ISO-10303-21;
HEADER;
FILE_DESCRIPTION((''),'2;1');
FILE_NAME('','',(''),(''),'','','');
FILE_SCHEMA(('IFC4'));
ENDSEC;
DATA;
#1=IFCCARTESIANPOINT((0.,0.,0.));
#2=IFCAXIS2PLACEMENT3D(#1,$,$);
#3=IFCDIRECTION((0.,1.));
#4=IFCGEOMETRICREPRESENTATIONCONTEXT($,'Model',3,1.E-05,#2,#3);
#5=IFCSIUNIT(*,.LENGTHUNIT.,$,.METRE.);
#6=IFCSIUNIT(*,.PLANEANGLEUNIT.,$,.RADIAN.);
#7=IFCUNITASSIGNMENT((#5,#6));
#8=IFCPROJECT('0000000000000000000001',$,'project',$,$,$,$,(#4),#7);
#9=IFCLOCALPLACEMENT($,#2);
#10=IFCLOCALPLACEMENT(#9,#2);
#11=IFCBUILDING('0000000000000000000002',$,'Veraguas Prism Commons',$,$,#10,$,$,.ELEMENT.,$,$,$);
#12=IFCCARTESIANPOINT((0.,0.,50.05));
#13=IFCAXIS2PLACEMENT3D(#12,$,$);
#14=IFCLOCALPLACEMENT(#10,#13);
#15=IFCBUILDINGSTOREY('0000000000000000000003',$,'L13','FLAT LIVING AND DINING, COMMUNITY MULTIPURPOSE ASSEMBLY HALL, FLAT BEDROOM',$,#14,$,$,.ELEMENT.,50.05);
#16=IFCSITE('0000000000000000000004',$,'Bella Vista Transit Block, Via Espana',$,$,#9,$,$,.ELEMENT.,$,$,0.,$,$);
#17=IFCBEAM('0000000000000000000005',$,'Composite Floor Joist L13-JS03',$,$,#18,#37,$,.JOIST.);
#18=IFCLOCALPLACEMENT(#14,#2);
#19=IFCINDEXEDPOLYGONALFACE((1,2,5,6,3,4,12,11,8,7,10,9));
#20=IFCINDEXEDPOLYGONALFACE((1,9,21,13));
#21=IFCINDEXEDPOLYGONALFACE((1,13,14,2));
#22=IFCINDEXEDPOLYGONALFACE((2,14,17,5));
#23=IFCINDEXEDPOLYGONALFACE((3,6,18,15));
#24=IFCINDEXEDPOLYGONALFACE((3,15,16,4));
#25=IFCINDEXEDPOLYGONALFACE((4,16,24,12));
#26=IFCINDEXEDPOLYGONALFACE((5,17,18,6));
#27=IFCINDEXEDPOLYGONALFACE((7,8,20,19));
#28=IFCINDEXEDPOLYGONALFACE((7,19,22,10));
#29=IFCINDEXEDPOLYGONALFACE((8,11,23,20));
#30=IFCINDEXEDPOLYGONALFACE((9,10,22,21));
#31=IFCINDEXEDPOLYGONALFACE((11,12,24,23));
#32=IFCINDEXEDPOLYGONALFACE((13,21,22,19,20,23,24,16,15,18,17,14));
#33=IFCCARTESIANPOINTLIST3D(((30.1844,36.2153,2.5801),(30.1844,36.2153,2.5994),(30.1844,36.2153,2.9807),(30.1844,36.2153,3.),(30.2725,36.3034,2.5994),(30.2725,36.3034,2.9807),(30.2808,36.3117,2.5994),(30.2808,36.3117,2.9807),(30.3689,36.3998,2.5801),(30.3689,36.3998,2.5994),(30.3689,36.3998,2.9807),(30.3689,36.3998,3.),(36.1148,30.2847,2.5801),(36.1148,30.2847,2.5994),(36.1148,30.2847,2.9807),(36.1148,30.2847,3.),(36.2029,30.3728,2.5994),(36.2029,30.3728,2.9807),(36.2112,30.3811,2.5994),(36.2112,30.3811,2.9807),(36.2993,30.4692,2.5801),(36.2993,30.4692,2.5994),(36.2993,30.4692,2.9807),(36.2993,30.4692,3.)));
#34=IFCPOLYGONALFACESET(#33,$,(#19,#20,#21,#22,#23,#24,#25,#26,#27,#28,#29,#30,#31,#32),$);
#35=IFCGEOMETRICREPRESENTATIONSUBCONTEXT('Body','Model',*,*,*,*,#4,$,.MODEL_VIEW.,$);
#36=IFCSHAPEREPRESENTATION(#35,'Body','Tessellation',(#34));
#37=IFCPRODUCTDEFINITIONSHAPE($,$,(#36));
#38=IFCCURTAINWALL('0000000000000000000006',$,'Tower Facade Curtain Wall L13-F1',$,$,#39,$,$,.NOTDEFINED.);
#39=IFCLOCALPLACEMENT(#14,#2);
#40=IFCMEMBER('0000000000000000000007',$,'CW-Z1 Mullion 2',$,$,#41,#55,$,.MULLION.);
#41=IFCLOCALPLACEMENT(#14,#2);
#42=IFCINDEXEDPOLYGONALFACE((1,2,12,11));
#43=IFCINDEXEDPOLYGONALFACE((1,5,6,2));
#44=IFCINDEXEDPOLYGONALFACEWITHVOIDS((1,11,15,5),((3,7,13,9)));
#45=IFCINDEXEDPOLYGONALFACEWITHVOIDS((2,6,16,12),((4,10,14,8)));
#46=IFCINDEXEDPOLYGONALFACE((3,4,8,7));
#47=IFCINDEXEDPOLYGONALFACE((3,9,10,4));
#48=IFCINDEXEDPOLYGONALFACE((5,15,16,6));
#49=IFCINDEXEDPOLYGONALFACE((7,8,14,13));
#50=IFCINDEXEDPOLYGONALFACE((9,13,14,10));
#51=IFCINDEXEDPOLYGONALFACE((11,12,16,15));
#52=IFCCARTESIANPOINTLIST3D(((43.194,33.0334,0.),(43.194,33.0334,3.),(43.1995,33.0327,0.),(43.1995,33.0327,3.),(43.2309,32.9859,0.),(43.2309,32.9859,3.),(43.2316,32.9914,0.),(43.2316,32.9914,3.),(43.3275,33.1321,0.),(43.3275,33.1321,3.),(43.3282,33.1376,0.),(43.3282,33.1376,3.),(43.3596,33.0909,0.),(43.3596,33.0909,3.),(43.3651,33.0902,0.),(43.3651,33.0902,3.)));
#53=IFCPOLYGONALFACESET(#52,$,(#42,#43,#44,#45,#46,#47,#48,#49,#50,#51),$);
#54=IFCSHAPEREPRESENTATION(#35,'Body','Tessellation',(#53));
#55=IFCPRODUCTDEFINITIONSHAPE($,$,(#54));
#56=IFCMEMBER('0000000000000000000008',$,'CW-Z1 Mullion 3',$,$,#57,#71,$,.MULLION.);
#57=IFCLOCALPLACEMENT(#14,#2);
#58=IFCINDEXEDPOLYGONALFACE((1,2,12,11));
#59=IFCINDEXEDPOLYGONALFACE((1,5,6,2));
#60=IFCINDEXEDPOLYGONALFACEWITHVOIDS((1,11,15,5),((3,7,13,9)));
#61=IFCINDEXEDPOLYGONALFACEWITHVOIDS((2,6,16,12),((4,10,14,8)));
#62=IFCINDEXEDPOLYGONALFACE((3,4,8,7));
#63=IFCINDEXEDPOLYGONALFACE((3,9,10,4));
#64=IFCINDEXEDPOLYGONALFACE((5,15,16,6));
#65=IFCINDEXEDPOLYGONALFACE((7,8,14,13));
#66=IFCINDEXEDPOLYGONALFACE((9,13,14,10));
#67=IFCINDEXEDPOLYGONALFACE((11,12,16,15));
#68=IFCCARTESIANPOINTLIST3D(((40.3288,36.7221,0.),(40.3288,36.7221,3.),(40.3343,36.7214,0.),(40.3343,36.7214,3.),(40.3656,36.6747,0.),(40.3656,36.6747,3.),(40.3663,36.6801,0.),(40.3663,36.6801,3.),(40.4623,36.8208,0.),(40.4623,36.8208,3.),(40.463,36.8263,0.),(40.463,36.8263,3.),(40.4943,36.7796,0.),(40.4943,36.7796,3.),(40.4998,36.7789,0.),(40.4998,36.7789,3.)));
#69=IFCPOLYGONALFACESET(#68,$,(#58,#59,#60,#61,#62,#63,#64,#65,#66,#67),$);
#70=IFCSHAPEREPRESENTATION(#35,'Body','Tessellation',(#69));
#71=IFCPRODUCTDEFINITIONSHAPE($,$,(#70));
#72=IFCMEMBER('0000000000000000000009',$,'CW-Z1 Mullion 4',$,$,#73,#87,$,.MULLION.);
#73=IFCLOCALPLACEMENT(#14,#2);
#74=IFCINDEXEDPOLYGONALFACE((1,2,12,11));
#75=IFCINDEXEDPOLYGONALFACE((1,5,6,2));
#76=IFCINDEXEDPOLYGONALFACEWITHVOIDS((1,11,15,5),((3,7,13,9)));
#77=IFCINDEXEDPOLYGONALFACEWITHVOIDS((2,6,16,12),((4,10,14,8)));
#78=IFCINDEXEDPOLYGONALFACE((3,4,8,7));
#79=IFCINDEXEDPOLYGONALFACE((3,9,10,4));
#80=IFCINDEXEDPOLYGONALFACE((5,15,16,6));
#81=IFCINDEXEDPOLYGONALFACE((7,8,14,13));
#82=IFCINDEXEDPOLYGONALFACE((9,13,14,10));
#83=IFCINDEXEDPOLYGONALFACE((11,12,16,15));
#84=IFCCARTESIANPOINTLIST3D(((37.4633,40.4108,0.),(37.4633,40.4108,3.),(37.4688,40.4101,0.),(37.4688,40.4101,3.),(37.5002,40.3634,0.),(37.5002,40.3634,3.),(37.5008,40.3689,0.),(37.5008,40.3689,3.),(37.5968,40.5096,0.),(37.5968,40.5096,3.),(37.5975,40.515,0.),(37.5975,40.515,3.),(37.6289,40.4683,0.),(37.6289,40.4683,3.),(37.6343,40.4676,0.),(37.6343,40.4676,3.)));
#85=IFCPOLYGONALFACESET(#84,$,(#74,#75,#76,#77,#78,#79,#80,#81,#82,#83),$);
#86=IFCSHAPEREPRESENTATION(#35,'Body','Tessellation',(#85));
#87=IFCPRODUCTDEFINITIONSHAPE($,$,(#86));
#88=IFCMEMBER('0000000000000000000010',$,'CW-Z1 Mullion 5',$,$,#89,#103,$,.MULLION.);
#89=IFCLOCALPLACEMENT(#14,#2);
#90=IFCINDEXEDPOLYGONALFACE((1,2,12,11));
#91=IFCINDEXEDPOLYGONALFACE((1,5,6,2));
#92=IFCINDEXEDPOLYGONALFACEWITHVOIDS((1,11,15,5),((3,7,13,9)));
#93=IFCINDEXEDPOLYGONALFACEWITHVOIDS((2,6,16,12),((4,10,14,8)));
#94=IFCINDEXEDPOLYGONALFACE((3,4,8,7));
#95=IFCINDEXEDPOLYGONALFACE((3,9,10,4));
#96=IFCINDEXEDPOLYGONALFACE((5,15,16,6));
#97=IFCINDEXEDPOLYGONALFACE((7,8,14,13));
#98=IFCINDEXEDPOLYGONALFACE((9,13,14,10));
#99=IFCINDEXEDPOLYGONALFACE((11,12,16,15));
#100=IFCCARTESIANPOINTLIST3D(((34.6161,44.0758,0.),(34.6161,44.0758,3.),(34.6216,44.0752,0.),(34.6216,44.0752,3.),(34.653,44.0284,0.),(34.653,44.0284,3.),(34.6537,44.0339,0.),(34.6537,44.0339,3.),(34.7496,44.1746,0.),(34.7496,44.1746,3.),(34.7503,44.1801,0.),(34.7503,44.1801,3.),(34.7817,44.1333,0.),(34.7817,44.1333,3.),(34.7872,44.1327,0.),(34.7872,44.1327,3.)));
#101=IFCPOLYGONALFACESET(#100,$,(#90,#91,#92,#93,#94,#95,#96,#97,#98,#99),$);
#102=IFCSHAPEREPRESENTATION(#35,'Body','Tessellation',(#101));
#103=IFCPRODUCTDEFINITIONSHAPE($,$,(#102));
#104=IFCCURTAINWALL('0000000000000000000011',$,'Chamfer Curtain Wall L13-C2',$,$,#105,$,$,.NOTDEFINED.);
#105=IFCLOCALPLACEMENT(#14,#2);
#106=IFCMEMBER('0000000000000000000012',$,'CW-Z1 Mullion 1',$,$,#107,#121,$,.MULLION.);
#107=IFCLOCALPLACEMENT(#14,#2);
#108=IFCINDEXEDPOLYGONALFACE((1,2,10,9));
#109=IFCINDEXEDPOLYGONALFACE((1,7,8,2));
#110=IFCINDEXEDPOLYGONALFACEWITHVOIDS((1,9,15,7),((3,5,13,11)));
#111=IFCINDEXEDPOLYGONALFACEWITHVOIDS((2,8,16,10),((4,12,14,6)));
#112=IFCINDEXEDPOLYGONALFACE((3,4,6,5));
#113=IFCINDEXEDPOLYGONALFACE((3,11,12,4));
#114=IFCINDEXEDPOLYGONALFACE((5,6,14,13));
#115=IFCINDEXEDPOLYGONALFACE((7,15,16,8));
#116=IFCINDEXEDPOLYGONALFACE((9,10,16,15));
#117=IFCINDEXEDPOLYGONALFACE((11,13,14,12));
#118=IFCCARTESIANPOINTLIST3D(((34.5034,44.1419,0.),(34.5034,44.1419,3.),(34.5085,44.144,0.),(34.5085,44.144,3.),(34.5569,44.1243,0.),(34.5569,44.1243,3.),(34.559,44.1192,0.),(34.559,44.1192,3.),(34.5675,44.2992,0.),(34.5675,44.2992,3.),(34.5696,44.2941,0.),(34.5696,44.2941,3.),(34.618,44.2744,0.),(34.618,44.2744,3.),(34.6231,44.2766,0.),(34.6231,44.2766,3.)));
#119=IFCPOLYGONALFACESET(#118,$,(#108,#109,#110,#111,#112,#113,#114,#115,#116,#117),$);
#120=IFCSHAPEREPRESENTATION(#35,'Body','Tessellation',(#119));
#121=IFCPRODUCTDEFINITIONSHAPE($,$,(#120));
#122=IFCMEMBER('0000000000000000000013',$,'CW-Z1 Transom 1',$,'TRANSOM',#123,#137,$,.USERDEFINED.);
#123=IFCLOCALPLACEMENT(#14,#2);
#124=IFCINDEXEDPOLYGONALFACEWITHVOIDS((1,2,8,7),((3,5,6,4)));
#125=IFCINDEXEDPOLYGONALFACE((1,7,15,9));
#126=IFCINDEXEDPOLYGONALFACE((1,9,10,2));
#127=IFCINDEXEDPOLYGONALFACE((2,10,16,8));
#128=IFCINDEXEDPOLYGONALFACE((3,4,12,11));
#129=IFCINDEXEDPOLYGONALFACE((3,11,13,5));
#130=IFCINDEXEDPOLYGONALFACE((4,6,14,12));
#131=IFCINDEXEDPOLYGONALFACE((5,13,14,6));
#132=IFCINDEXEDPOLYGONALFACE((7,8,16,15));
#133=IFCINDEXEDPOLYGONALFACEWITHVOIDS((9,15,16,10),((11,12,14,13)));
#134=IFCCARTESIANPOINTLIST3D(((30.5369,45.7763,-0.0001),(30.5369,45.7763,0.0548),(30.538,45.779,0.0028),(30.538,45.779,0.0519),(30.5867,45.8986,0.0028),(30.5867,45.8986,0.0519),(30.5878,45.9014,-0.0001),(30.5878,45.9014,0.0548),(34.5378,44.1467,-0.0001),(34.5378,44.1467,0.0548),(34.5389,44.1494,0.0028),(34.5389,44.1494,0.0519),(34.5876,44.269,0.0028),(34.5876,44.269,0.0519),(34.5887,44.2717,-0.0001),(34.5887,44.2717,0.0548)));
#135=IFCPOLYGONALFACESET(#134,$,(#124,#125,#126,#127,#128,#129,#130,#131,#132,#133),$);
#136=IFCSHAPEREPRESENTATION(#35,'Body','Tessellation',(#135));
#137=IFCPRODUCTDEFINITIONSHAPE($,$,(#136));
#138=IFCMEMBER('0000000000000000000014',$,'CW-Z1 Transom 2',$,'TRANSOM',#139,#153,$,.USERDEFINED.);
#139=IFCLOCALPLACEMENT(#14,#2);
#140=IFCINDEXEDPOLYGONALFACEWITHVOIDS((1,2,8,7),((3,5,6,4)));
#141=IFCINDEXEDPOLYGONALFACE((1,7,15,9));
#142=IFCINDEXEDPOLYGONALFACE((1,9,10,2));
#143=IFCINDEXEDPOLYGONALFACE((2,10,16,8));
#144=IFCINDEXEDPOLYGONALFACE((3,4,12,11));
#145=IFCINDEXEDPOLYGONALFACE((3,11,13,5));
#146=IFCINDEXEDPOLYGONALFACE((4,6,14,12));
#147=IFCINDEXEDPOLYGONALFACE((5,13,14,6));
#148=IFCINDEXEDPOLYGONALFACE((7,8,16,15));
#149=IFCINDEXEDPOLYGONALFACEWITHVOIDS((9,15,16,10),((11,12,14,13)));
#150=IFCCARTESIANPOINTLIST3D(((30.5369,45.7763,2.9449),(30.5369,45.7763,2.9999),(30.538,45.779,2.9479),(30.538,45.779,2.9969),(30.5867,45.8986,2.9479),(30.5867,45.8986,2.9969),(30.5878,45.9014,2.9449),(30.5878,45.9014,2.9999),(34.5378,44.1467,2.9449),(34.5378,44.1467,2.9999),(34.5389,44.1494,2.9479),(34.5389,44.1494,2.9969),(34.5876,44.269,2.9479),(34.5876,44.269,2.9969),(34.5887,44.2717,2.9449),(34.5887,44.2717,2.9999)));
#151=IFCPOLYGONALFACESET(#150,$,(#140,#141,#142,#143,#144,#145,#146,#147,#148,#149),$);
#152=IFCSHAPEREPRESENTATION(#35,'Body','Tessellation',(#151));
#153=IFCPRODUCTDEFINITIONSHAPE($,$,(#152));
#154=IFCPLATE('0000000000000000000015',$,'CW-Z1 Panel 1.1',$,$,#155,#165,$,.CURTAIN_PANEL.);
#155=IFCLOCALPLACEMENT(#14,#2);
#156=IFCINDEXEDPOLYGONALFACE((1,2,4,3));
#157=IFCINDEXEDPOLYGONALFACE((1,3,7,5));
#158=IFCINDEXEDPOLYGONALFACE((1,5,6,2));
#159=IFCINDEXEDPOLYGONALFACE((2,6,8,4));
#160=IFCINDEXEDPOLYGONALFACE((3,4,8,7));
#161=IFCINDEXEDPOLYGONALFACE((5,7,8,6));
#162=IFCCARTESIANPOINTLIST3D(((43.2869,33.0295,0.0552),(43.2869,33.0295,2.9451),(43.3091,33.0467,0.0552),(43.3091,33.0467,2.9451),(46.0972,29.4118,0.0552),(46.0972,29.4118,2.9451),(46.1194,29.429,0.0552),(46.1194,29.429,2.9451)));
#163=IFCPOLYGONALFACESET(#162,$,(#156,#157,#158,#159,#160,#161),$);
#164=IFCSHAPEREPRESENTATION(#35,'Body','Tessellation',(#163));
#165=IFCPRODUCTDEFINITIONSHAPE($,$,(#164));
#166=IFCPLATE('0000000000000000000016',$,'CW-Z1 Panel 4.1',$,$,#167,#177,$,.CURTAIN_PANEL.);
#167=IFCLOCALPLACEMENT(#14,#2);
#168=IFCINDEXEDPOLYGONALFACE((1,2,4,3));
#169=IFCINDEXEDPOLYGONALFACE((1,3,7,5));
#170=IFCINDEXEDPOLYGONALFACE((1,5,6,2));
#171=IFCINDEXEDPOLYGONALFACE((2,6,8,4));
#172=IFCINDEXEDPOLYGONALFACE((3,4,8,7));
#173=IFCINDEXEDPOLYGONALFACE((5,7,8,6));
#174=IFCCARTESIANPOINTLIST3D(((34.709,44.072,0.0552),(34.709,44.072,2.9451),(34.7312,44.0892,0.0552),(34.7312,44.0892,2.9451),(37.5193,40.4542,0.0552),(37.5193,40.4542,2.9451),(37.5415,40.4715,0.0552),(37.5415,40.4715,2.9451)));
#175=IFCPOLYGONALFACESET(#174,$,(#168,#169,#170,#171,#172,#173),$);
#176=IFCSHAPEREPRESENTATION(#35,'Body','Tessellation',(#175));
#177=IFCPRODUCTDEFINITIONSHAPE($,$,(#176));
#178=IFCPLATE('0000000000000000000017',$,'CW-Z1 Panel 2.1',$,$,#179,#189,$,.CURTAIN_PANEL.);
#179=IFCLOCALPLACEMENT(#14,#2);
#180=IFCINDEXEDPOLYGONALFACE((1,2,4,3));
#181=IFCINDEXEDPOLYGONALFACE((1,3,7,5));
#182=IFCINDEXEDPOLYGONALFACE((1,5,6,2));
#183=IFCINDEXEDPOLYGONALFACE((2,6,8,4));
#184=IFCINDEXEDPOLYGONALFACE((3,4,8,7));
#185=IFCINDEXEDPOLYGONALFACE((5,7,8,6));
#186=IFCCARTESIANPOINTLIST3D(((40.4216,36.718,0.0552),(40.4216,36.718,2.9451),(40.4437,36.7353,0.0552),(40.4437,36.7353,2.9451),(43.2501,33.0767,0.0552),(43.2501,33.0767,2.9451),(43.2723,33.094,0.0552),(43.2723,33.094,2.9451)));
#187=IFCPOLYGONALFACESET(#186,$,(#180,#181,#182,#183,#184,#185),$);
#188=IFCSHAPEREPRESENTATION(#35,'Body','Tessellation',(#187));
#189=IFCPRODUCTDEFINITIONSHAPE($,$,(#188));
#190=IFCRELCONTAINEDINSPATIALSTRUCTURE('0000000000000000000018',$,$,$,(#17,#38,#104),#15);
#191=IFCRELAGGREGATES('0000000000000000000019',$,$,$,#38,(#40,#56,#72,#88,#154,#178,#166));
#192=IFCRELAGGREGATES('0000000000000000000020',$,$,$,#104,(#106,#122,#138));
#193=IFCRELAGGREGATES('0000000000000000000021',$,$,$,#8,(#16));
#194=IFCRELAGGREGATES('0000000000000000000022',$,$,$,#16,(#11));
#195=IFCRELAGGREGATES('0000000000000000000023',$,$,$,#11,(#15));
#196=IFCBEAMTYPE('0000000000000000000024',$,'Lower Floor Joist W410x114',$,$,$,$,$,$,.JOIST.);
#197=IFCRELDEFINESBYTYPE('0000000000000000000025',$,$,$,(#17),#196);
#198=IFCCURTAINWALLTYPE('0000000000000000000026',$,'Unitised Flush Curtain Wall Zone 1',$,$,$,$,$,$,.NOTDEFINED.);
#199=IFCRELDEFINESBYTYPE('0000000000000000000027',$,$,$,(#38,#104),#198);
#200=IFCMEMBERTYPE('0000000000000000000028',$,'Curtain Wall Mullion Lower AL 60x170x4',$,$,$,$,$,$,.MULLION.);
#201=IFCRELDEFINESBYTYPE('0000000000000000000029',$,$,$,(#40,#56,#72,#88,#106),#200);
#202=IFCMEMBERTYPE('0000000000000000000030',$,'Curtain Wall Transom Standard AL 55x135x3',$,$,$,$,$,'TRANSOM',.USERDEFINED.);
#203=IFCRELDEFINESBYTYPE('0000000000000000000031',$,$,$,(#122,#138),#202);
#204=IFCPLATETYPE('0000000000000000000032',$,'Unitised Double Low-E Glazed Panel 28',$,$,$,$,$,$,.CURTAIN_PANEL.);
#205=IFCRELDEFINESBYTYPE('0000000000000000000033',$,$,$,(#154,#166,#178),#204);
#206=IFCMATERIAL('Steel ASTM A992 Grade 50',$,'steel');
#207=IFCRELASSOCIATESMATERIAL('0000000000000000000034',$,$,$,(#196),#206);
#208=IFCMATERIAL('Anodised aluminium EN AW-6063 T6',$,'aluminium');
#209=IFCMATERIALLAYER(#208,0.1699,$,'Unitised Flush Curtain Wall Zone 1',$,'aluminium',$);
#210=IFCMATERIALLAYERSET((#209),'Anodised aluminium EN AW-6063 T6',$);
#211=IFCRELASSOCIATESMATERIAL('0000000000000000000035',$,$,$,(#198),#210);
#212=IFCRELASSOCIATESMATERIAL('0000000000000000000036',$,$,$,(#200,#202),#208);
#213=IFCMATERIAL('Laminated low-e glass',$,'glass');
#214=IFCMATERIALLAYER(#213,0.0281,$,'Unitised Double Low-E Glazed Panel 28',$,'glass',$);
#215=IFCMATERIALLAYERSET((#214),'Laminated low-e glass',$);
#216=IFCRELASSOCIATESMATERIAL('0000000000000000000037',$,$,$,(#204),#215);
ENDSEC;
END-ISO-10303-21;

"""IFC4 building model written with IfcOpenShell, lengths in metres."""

from ifc_helpers import new_model, si_unit, direction, frame, origin, origin_2d, place, context, subcontext, project, spatial, rectangle, hollow_rectangle, i_section, extrude, source, transform, mapped, material, layer, layer_set, material_profile, profile_set, type_object, element, aggregate, save


model = new_model("IFC4")

# Units and contexts
model_context = context("Model", 3, precision=1e-05, world=origin(), true_north=direction((0.0, 1.0)))
body_context = subcontext(model_context, "Body", "Model", "MODEL_VIEW")
ifc_project = project(units=[si_unit("LENGTHUNIT", "METRE"), si_unit("PLANEANGLEUNIT", "RADIAN")], contexts=[model_context])

# Site, building, storey
site_placement = place(None, origin())
site = spatial("IfcSite", under=ifc_project, at=site_placement, Name="Bella Vista Transit Block, Via Espana", CompositionType="ELEMENT", RefElevation=0.0)
building_placement = place(site_placement, origin())
building = spatial("IfcBuilding", under=site, at=building_placement, Name="Veraguas Prism Commons", CompositionType="ELEMENT")
storey_placement = place(building_placement, frame((0.0, 0.0, 50.05)))
storey = spatial("IfcBuildingStorey", under=building, at=storey_placement, Name="L13", Description="FLAT LIVING AND DINING, COMMUNITY MULTIPURPOSE ASSEMBLY HALL, FLAT BEDROOM", CompositionType="ELEMENT", Elevation=50.05)

# Beam
ifc_material_1 = material(Name="Steel ASTM A992 Grade 50", Category="steel")
ifc_material_profile_1 = material_profile(ifc_material_1, i_section(OverallWidth=0.261, OverallDepth=0.4199, WebThickness=0.0117, FlangeThickness=0.0193, at=origin_2d()), Name="W410X114")
ifc_profile_set_1 = profile_set([ifc_material_profile_1], Name="Steel ASTM A992 Grade 50")
beam_type = type_object("IfcBeamType", Name="Lower Floor Joist W410x114", PredefinedType="JOIST", material=ifc_profile_set_1)
beam_placement = place(storey_placement, frame((36.207, 30.377, 2.79), z_axis=(-0.707092, 0.707121, 0.0), x_axis=(-0.707121, -0.707092, 0.0)))
element("IfcBeam", 1, at=beam_placement, inside=storey, type_object=beam_type, Name="Composite Floor Joist L13-JS03", PredefinedType="JOIST", context=body_context, shape_type="SweptSolid", body=[
    extrude(i_section(OverallWidth=0.261, OverallDepth=0.4199, WebThickness=0.0117, FlangeThickness=0.0193, at=origin_2d()), origin(), (0.0, 0.0, 1.0), 8.387),
])

# Curtain walls, members
ifc_material_2 = material(Name="Anodised aluminium EN AW-6063 T6", Category="aluminium")
ifc_layer_1 = layer(ifc_material_2, 0.1699, Name="Unitised Flush Curtain Wall Zone 1", Category="aluminium")
ifc_layer_set_1 = layer_set([ifc_layer_1], Name="Anodised aluminium EN AW-6063 T6")
curtain_wall_type = type_object("IfcCurtainWallType", Name="Unitised Flush Curtain Wall Zone 1", PredefinedType="NOTDEFINED", material=ifc_layer_set_1)
curtain_wall_1_placement = place(storey_placement, origin())
curtain_wall_1 = element("IfcCurtainWall", 2, at=curtain_wall_1_placement, inside=storey, type_object=curtain_wall_type, Name="Tower Facade Curtain Wall L13-F1", PredefinedType="NOTDEFINED")
ifc_material_profile_2 = material_profile(ifc_material_2, hollow_rectangle(XDim=0.0601, YDim=0.1699, WallThickness=0.0039, at=origin_2d()), Name="AL60X170X4")
ifc_profile_set_2 = profile_set([ifc_material_profile_2], Name="Anodised aluminium EN AW-6063 T6")
member_type_1 = type_object("IfcMemberType", Name="Curtain Wall Mullion Lower AL 60x170x4", PredefinedType="MULLION", material=ifc_profile_set_2)
shared_shape_1 = source(origin(), body_context, "Body", "SweptSolid", [
    extrude(hollow_rectangle(XDim=0.0601, YDim=0.1699, WallThickness=0.0039, at=origin_2d()), origin(), (0.0, 0.0, 1.0), 3.0),
])
member_1_placement = place(storey_placement, frame((43.2795, 33.0618, 0.0), z_axis=(0.0, 0.0, 1.0), x_axis=(-0.613461, 0.789725, 0.0)))
member_1 = element("IfcMember", 3, at=member_1_placement, type_object=member_type_1, Name="CW-Z1 Mullion 2", PredefinedType="MULLION", context=body_context, shape_type="MappedRepresentation", body=[
    mapped(shared_shape_1, transform((0.0, 0.0, 0.0), scale=1.0)),
])
member_2_placement = place(storey_placement, frame((40.4143, 36.7505, 0.0), z_axis=(0.0, 0.0, 1.0), x_axis=(-0.613461, 0.789725, 0.0)))
member_2 = element("IfcMember", 4, at=member_2_placement, type_object=member_type_1, Name="CW-Z1 Mullion 3", PredefinedType="MULLION", context=body_context, shape_type="MappedRepresentation", body=[
    mapped(shared_shape_1, transform((0.0, 0.0, 0.0), scale=1.0)),
])
member_3_placement = place(storey_placement, frame((37.5488, 40.4392, 0.0), z_axis=(0.0, 0.0, 1.0), x_axis=(-0.613461, 0.789725, 0.0)))
member_3 = element("IfcMember", 5, at=member_3_placement, type_object=member_type_1, Name="CW-Z1 Mullion 4", PredefinedType="MULLION", context=body_context, shape_type="MappedRepresentation", body=[
    mapped(shared_shape_1, transform((0.0, 0.0, 0.0), scale=1.0)),
])
member_4_placement = place(storey_placement, frame((34.7017, 44.1042, 0.0), z_axis=(0.0, 0.0, 1.0), x_axis=(-0.613461, 0.789725, 0.0)))
member_4 = element("IfcMember", 6, at=member_4_placement, type_object=member_type_1, Name="CW-Z1 Mullion 5", PredefinedType="MULLION", context=body_context, shape_type="MappedRepresentation", body=[
    mapped(shared_shape_1, transform((0.0, 0.0, 0.0), scale=1.0)),
])
curtain_wall_2_placement = place(storey_placement, origin())
curtain_wall_2 = element("IfcCurtainWall", 7, at=curtain_wall_2_placement, inside=storey, type_object=curtain_wall_type, Name="Chamfer Curtain Wall L13-C2", PredefinedType="NOTDEFINED")
member_5_placement = place(storey_placement, frame((34.5632, 44.2092, 0.0), z_axis=(0.0, 0.0, 1.0), x_axis=(-0.926125, 0.377217, 0.0)))
member_5 = element("IfcMember", 8, at=member_5_placement, type_object=member_type_1, Name="CW-Z1 Mullion 1", PredefinedType="MULLION", context=body_context, shape_type="MappedRepresentation", body=[
    mapped(shared_shape_1, transform((0.0, 0.0, 0.0), scale=1.0)),
])
ifc_material_profile_3 = material_profile(ifc_material_2, hollow_rectangle(XDim=0.0549, YDim=0.135, WallThickness=0.0029, at=origin_2d()), Name="AL55X135X3")
ifc_profile_set_3 = profile_set([ifc_material_profile_3], Name="Anodised aluminium EN AW-6063 T6")
member_type_2 = type_object("IfcMemberType", Name="Curtain Wall Transom Standard AL 55x135x3", ElementType="TRANSOM", PredefinedType="USERDEFINED", material=ifc_profile_set_3)
shared_shape_2 = source(origin(), body_context, "Body", "SweptSolid", [
    extrude(hollow_rectangle(XDim=0.0549, YDim=0.135, WallThickness=0.0029, at=origin_2d()), origin(), (0.0, 0.0, 1.0), 4.3201),
])
member_6_placement = place(storey_placement, frame((34.5632, 44.2092, 0.0273), z_axis=(-0.926124, 0.37722, 0.0), x_axis=(0.0, 0.0, 1.0)))
member_6 = element("IfcMember", 9, at=member_6_placement, type_object=member_type_2, Name="CW-Z1 Transom 1", ObjectType="TRANSOM", PredefinedType="USERDEFINED", context=body_context, shape_type="MappedRepresentation", body=[
    mapped(shared_shape_2, transform((0.0, 0.0, 0.0), scale=1.0)),
])
member_7_placement = place(storey_placement, frame((34.5632, 44.2092, 2.9724), z_axis=(-0.926124, 0.37722, 0.0), x_axis=(0.0, 0.0, 1.0)))
member_7 = element("IfcMember", 10, at=member_7_placement, type_object=member_type_2, Name="CW-Z1 Transom 2", ObjectType="TRANSOM", PredefinedType="USERDEFINED", context=body_context, shape_type="MappedRepresentation", body=[
    mapped(shared_shape_2, transform((0.0, 0.0, 0.0), scale=1.0)),
])

# Plates
ifc_material_3 = material(Name="Laminated low-e glass", Category="glass")
ifc_layer_2 = layer(ifc_material_3, 0.0281, Name="Unitised Double Low-E Glazed Panel 28", Category="glass")
ifc_layer_set_2 = layer_set([ifc_layer_2], Name="Laminated low-e glass")
plate_type = type_object("IfcPlateType", Name="Unitised Double Low-E Glazed Panel 28", PredefinedType="CURTAIN_PANEL", material=ifc_layer_set_2)
shared_shape_3 = source(origin(), body_context, "Body", "SweptSolid", [
    extrude(rectangle(XDim=4.5811, YDim=0.0281, at=origin_2d()), origin(), (0.0, 0.0, 1.0), 2.8899),
])
plate_1_placement = place(storey_placement, frame((44.7031, 31.2292, 0.0552), z_axis=(0.0, 0.0, 1.0), x_axis=(-0.613461, 0.789725, 0.0)))
plate_1 = element("IfcPlate", 11, at=plate_1_placement, type_object=plate_type, Name="CW-Z1 Panel 1.1", PredefinedType="CURTAIN_PANEL", context=body_context, shape_type="MappedRepresentation", body=[
    mapped(shared_shape_3, transform((0.0, 0.0, 0.0), scale=1.0)),
])
plate_2_placement = place(storey_placement, frame((36.1252, 42.2717, 0.0552), z_axis=(0.0, 0.0, 1.0), x_axis=(-0.613461, 0.789725, 0.0)))
plate_2 = element("IfcPlate", 12, at=plate_2_placement, type_object=plate_type, Name="CW-Z1 Panel 4.1", PredefinedType="CURTAIN_PANEL", context=body_context, shape_type="MappedRepresentation", body=[
    mapped(shared_shape_3, transform((0.0, 0.0, 0.0), scale=1.0)),
])
shared_shape_4 = source(origin(), body_context, "Body", "SweptSolid", [
    extrude(rectangle(XDim=4.6108, YDim=0.0281, at=origin_2d()), origin(), (0.0, 0.0, 1.0), 2.8899),
])
plate_3_placement = place(storey_placement, frame((41.8469, 34.906, 0.0552), z_axis=(0.0, 0.0, 1.0), x_axis=(-0.613461, 0.789725, 0.0)))
plate_3 = element("IfcPlate", 13, at=plate_3_placement, type_object=plate_type, Name="CW-Z1 Panel 2.1", PredefinedType="CURTAIN_PANEL", context=body_context, shape_type="MappedRepresentation", body=[
    mapped(shared_shape_4, transform((0.0, 0.0, 0.0), scale=1.0)),
])
aggregate(curtain_wall_1, [member_1, member_2, member_3, member_4, plate_1, plate_3, plate_2])
aggregate(curtain_wall_2, [member_5, member_6, member_7])

save(model, "model.ifc")
